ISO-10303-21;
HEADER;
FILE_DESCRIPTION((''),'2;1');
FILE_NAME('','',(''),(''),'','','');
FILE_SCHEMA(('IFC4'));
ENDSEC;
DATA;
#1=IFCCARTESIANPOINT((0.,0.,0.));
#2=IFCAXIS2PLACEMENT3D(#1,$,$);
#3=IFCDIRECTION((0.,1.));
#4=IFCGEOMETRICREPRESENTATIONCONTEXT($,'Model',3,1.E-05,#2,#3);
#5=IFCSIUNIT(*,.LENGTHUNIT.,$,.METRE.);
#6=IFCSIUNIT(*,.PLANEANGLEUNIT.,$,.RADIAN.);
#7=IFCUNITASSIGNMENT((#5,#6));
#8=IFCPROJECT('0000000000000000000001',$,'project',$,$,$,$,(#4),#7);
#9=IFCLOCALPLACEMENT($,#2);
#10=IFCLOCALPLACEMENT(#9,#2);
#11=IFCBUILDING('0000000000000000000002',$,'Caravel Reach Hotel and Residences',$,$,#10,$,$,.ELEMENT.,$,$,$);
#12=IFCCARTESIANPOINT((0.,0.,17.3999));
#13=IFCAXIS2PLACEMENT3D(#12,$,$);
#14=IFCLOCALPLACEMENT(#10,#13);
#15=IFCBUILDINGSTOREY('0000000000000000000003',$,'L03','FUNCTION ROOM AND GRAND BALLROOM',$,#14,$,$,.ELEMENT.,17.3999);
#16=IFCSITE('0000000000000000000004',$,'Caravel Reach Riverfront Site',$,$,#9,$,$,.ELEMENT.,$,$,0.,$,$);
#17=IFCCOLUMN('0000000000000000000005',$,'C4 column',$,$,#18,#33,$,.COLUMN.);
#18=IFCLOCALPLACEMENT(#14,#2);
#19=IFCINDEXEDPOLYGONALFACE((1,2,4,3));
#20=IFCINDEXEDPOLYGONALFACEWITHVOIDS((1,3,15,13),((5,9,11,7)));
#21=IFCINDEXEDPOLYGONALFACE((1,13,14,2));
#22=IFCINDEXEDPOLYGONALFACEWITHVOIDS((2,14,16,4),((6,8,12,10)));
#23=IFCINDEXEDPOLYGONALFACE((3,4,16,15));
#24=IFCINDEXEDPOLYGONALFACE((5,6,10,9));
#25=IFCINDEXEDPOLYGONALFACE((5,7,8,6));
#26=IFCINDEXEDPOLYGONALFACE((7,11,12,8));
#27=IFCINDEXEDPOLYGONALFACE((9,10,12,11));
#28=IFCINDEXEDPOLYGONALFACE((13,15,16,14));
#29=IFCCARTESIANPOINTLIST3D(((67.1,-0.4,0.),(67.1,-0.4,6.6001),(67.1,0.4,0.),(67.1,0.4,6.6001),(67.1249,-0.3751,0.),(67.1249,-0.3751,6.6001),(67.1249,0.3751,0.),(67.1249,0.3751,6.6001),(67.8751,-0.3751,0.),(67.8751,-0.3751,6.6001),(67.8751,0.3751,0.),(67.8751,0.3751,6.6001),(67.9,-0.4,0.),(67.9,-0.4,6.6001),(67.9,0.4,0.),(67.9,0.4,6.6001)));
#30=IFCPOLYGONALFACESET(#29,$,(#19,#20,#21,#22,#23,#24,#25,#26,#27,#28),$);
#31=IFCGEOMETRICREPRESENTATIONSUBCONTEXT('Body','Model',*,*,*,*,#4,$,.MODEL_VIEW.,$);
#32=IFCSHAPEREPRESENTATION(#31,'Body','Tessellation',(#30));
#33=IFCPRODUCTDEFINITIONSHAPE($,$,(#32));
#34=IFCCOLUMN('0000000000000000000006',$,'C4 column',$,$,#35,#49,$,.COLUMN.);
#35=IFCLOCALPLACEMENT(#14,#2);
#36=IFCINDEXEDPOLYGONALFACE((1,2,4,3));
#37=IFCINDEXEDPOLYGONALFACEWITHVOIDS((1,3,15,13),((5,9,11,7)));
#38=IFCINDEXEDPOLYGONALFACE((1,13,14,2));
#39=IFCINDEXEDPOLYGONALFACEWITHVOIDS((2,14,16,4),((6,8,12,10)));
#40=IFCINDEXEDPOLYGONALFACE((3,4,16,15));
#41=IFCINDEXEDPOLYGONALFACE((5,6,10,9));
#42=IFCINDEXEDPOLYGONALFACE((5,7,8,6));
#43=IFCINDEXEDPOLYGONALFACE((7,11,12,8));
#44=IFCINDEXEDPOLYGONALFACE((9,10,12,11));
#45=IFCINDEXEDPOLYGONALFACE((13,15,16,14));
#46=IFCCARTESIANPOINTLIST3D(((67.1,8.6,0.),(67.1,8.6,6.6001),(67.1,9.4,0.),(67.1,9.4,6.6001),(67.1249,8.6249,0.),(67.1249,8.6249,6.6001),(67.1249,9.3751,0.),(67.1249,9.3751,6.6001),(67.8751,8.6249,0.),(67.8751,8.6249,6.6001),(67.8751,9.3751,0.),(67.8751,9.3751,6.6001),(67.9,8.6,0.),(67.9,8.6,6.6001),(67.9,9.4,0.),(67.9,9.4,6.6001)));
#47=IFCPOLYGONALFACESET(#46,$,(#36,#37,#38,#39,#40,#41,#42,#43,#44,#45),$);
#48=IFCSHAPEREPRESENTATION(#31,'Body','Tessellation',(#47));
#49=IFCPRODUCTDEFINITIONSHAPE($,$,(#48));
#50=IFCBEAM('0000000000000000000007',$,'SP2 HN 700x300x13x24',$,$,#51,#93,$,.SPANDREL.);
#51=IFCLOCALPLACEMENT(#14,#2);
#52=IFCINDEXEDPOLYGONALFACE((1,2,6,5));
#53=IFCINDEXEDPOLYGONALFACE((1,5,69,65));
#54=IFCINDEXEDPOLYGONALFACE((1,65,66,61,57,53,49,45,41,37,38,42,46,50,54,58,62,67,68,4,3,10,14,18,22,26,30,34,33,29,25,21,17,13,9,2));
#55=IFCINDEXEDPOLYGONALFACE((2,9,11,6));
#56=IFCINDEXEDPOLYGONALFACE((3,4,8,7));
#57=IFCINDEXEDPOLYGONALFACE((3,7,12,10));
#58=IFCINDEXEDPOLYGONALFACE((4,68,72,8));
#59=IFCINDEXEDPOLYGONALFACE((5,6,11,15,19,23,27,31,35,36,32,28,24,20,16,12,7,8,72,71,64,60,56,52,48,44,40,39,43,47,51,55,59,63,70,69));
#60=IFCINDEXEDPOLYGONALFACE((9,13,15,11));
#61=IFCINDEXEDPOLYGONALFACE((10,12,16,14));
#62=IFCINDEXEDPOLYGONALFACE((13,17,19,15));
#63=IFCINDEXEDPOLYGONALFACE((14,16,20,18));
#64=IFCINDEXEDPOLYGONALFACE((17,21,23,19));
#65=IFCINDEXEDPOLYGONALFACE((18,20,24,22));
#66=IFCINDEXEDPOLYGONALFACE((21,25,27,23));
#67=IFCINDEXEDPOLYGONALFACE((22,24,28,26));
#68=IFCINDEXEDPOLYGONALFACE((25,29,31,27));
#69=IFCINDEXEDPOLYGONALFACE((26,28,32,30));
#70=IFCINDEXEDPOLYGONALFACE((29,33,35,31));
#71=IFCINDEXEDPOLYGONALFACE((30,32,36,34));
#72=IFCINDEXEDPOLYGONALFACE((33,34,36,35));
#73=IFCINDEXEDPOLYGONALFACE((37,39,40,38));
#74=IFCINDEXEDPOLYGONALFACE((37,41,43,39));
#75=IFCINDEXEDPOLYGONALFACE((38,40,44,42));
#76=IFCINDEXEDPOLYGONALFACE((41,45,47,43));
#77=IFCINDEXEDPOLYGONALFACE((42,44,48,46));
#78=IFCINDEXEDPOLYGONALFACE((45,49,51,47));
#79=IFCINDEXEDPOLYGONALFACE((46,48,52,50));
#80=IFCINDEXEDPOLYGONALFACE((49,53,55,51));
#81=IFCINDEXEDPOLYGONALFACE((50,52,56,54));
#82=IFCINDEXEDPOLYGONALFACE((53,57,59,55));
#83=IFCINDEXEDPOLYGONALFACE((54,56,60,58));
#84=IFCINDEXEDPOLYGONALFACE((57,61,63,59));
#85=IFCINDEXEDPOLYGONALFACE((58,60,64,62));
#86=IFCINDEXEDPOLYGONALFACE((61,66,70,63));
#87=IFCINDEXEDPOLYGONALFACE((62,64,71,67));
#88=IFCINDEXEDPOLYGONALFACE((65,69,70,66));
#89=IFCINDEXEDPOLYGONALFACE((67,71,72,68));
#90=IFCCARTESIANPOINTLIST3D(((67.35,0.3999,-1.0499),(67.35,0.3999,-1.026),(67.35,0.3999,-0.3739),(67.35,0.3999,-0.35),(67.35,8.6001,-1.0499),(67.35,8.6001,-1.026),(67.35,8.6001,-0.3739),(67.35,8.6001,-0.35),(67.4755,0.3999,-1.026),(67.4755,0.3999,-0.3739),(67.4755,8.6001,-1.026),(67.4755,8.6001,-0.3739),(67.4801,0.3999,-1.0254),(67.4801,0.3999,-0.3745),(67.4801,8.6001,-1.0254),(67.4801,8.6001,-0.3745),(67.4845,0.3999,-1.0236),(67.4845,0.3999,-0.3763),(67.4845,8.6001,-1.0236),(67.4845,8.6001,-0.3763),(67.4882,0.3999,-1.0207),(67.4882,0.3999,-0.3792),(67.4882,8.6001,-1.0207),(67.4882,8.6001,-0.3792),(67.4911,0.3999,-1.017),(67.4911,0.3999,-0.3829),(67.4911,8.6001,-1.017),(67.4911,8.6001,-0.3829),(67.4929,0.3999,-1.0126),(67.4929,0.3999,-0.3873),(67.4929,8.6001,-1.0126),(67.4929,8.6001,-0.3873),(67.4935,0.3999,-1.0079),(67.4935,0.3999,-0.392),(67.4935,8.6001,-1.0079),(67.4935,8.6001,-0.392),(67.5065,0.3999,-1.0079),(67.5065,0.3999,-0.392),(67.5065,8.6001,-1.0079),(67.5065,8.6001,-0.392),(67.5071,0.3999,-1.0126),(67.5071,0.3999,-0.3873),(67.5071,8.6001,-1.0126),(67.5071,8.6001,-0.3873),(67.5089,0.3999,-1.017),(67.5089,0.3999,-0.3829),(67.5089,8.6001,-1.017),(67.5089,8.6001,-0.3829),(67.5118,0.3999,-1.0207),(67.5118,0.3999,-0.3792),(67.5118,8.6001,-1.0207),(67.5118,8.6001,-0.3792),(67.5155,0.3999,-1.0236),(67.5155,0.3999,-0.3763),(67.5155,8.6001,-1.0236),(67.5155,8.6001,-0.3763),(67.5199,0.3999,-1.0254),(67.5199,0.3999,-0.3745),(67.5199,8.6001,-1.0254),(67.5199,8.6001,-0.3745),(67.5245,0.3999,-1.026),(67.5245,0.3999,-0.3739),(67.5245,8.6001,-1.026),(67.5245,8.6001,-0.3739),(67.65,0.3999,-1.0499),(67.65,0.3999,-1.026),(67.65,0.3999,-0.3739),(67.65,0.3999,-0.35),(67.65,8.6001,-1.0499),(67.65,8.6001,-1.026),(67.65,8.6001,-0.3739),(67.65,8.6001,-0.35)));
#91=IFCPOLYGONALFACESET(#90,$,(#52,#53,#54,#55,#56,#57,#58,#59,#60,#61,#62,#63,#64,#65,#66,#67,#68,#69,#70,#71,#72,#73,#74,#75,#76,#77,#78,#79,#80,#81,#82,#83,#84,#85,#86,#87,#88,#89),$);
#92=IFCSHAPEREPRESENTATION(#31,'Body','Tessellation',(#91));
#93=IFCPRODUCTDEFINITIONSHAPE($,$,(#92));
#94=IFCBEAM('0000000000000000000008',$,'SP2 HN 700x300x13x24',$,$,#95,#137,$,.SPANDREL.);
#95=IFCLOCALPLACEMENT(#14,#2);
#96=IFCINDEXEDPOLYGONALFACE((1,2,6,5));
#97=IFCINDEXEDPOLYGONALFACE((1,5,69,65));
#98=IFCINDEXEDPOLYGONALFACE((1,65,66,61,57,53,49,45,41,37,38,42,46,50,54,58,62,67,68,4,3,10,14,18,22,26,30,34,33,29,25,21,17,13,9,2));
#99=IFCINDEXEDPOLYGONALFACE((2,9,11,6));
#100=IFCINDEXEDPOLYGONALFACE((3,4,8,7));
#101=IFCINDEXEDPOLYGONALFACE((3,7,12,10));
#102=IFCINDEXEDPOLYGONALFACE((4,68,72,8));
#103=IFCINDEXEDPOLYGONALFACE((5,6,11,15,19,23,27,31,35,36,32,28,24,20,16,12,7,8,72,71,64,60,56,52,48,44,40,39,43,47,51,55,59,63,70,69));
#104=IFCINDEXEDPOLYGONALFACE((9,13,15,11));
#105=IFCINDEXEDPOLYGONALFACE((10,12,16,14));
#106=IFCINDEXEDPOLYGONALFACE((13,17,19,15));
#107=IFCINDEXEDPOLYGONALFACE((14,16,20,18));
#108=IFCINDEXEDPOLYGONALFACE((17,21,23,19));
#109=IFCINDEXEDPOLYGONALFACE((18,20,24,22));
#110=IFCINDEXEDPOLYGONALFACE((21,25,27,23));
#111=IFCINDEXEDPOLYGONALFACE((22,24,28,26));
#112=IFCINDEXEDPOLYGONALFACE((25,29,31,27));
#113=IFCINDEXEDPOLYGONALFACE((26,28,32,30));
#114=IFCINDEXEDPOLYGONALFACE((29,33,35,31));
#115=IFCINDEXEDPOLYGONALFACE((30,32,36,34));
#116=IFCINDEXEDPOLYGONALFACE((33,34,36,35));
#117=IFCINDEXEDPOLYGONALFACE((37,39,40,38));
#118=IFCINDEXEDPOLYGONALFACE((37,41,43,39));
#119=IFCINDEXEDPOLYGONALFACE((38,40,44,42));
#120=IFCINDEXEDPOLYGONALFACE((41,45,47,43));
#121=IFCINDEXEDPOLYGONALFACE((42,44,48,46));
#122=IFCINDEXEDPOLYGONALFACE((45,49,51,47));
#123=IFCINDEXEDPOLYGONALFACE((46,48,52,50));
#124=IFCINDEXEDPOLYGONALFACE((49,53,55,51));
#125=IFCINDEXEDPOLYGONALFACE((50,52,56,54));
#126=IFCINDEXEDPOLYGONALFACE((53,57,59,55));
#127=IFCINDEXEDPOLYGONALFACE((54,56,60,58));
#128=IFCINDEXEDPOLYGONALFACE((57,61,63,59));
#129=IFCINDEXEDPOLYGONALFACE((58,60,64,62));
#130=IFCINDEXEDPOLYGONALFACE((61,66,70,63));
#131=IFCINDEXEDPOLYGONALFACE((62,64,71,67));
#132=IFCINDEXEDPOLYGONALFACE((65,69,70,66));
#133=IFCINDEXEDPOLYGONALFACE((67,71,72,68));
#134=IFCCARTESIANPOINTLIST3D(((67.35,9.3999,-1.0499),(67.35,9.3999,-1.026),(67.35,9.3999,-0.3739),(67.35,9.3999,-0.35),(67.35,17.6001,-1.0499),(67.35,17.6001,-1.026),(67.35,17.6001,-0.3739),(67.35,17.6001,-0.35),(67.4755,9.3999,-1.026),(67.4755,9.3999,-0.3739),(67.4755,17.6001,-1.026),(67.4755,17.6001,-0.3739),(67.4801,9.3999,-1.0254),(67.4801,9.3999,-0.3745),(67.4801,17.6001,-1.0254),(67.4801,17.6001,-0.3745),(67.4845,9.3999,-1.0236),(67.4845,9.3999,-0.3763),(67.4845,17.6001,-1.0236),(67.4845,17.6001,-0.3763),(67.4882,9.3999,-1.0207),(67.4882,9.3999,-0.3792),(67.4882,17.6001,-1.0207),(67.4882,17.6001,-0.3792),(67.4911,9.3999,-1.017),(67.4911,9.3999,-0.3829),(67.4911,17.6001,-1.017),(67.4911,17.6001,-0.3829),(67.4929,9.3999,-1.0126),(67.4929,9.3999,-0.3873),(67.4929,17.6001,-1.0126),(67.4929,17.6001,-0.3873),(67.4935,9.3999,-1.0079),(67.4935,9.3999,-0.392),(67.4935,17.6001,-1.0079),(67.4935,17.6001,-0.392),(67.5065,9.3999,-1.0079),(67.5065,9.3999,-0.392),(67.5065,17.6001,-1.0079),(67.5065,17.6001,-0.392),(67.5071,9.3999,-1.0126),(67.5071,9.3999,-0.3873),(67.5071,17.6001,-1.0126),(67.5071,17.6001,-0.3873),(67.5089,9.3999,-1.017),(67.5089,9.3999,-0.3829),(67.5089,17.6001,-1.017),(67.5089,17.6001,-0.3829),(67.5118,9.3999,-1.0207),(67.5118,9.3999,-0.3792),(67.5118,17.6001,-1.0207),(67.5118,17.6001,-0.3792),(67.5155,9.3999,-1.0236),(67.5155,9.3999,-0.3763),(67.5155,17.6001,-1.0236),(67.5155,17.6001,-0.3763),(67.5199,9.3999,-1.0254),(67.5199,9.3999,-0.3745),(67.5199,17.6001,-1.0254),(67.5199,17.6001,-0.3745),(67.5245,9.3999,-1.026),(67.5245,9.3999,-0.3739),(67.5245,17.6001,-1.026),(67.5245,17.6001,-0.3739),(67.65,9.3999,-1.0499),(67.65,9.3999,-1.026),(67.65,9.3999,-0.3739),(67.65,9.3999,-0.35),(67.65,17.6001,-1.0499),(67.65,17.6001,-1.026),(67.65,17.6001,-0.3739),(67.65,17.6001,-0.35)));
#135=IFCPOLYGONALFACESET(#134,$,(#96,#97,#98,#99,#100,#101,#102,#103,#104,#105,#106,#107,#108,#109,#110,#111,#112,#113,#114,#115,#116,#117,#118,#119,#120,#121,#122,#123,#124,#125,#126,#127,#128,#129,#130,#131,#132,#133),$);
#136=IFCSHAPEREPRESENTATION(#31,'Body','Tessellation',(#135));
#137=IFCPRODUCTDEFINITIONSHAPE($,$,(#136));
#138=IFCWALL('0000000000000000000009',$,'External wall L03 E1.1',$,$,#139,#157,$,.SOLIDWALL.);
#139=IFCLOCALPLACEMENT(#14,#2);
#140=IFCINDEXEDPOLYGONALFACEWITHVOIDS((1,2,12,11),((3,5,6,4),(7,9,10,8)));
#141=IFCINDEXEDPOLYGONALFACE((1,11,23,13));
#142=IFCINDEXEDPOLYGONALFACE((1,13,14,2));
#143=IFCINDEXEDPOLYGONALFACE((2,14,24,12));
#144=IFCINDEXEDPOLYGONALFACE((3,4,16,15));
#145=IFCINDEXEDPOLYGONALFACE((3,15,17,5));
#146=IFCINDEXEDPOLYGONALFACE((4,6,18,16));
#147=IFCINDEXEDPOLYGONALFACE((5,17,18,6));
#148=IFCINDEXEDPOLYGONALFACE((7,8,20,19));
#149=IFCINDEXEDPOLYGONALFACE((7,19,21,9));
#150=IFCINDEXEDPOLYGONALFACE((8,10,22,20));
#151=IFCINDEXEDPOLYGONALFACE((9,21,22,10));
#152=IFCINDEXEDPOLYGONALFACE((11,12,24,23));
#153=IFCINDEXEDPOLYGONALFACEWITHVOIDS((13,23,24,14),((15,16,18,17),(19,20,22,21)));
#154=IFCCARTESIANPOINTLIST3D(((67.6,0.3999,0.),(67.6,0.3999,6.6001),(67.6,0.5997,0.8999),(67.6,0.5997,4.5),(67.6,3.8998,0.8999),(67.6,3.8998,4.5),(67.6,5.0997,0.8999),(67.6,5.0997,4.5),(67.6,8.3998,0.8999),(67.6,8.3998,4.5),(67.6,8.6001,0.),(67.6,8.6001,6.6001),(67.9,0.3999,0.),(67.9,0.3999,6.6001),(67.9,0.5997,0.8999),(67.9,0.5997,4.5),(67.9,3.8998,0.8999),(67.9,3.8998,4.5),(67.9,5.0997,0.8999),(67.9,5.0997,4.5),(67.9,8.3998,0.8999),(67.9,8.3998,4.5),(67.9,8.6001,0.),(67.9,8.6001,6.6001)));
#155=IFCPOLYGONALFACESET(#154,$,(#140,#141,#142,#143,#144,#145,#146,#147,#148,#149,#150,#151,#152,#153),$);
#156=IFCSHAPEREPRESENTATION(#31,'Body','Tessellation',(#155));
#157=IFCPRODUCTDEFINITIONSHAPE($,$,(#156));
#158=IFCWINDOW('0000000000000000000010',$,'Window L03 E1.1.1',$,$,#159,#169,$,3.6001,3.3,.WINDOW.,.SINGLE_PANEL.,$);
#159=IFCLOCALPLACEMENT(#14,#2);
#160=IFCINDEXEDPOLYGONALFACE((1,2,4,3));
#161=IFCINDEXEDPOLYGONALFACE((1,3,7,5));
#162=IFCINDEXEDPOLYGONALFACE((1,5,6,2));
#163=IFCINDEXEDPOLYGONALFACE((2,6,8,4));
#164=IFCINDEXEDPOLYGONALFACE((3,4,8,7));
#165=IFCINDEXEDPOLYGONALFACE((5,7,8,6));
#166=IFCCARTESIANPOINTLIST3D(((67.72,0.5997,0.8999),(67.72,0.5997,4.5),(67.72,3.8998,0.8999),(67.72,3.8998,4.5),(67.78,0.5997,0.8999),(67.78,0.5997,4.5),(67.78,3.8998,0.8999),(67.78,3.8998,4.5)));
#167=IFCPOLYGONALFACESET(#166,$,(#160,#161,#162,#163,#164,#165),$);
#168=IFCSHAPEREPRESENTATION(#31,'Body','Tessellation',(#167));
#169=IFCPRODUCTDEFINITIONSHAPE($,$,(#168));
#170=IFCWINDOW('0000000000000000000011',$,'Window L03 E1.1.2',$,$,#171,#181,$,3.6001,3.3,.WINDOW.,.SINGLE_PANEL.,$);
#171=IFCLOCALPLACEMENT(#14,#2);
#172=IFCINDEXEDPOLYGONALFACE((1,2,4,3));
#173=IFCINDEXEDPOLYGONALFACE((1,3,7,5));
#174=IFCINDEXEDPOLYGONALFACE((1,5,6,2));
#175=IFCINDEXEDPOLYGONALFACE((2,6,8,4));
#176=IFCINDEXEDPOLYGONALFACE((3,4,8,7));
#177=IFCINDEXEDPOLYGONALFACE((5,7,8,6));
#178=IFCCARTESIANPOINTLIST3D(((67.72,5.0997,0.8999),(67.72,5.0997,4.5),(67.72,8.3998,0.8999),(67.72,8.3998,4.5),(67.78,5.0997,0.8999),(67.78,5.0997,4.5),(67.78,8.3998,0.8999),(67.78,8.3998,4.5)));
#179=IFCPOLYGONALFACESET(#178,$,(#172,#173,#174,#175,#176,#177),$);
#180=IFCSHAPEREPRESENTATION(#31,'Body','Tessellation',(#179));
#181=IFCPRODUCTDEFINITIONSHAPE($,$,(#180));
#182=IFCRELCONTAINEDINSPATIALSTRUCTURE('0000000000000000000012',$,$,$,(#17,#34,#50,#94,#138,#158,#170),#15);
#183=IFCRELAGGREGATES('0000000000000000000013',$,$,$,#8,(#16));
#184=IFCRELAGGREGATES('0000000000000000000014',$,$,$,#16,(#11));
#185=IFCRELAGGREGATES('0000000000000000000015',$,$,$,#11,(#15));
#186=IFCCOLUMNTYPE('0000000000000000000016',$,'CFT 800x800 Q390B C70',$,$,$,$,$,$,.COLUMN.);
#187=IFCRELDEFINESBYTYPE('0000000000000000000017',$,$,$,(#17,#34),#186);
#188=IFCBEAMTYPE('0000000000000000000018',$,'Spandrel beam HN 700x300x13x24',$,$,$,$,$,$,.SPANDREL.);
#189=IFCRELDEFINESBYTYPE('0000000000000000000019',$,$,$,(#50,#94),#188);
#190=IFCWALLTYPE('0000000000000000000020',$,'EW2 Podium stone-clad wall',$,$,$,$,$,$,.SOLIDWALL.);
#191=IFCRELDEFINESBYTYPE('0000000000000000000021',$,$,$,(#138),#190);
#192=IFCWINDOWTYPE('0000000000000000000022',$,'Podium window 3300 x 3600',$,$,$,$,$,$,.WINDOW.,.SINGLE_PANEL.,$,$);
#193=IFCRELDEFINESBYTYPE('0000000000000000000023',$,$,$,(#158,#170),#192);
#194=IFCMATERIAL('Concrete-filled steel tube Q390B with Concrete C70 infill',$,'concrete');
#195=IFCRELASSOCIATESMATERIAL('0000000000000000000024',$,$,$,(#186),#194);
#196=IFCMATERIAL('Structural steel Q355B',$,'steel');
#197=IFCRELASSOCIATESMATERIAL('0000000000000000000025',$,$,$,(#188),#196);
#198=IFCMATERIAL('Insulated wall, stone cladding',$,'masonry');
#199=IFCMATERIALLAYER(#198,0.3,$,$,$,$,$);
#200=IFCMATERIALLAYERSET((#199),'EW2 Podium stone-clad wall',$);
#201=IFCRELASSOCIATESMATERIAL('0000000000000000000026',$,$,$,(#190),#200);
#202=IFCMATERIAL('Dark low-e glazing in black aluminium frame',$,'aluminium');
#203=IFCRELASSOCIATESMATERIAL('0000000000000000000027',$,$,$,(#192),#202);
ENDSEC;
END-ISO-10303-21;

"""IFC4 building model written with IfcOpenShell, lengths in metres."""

from ifc_helpers import new_model, si_unit, direction, frame, frame_2d, origin, origin_2d, place, context, subcontext, project, spatial, rectangle, hollow_rectangle, i_section, extrude, material, layer, layer_set, material_profile, profile_set, type_object, element, fill, save


model = new_model("IFC4")

# Units and contexts
model_context = context("Model", 3, precision=1e-05, world=origin(), true_north=direction((0.0, 1.0)))
body_context = subcontext(model_context, "Body", "Model", "MODEL_VIEW")
ifc_project = project(units=[si_unit("LENGTHUNIT", "METRE"), si_unit("PLANEANGLEUNIT", "RADIAN")], contexts=[model_context])

# Site, building, storey
site_placement = place(None, origin())
site = spatial("IfcSite", under=ifc_project, at=site_placement, Name="Caravel Reach Riverfront Site", CompositionType="ELEMENT", RefElevation=0.0)
building_placement = place(site_placement, origin())
building = spatial("IfcBuilding", under=site, at=building_placement, Name="Caravel Reach Hotel and Residences", CompositionType="ELEMENT")
storey_placement = place(building_placement, frame((0.0, 0.0, 17.3999)))
storey = spatial("IfcBuildingStorey", under=building, at=storey_placement, Name="L03", Description="FUNCTION ROOM AND GRAND BALLROOM", CompositionType="ELEMENT", Elevation=17.3999)

# Columns
ifc_material_1 = material(Name="Concrete-filled steel tube Q390B with Concrete C70 infill", Category="concrete")
ifc_material_profile_1 = material_profile(ifc_material_1, hollow_rectangle(XDim=0.8, YDim=0.8, WallThickness=0.0249, at=origin_2d()), Name="RHS 800x800x25")
ifc_profile_set_1 = profile_set([ifc_material_profile_1], Name="Concrete-filled steel tube Q390B with Concrete C70 infill")
column_type = type_object("IfcColumnType", Name="CFT 800x800 Q390B C70", PredefinedType="COLUMN", material=ifc_profile_set_1)
for number, where, z_axis, x_axis, name in (
    (1, (67.5, 0.0, 0.0), (0.0, 0.0, 1.0), (1.0, 0.0, 0.0), "C4 column"),
    (2, (67.5, 9.0, 0.0), (0.0, 0.0, 1.0), (1.0, 0.0, 0.0), "C4 column"),
):
    element("IfcColumn", number, at=place(storey_placement, frame(where, z_axis=z_axis, x_axis=x_axis)), inside=storey, type_object=column_type, Name=name, PredefinedType="COLUMN", context=body_context, shape_type="SweptSolid", body=[
        extrude(hollow_rectangle(XDim=0.8, YDim=0.8, WallThickness=0.0249, at=origin_2d()), origin(), (0.0, 0.0, 1.0), 6.6001),
    ])

# Beams
ifc_material_2 = material(Name="Structural steel Q355B", Category="steel")
ifc_material_profile_2 = material_profile(ifc_material_2, i_section(OverallWidth=0.3, OverallDepth=0.7, WebThickness=0.0129, FlangeThickness=0.0239, FilletRadius=0.0181, at=origin_2d()), Name="HN 700x300x13x24")
ifc_profile_set_2 = profile_set([ifc_material_profile_2], Name="Structural steel Q355B")
beam_type = type_object("IfcBeamType", Name="Spandrel beam HN 700x300x13x24", PredefinedType="SPANDREL", material=ifc_profile_set_2)
for number, where, z_axis, x_axis, name in (
    (3, (67.5, 0.3999, -0.7), (0.0, 1.0, 0.0), (-1.0, 0.0, 0.0), "SP2 HN 700x300x13x24"),
    (4, (67.5, 9.3999, -0.7), (0.0, 1.0, 0.0), (-1.0, 0.0, 0.0), "SP2 HN 700x300x13x24"),
):
    element("IfcBeam", number, at=place(storey_placement, frame(where, z_axis=z_axis, x_axis=x_axis)), inside=storey, type_object=beam_type, Name=name, PredefinedType="SPANDREL", context=body_context, shape_type="SweptSolid", body=[
        extrude(i_section(OverallWidth=0.3, OverallDepth=0.7, WebThickness=0.0129, FlangeThickness=0.0239, FilletRadius=0.0181, at=origin_2d()), origin(), (0.0, 0.0, 1.0), 8.2002),
    ])

# Wall, openings, windows
ifc_material_3 = material(Name="Insulated wall, stone cladding", Category="masonry")
ifc_layer_1 = layer(ifc_material_3, 0.3)
ifc_layer_set_1 = layer_set([ifc_layer_1], Name="EW2 Podium stone-clad wall")
wall_type_1 = type_object("IfcWallType", Name="EW2 Podium stone-clad wall", PredefinedType="SOLIDWALL", material=ifc_layer_set_1)
wall_1_placement = place(storey_placement, frame((67.75, 0.3999, 0.0), z_axis=(0.0, 0.0, 1.0), x_axis=(0.0, 1.0, 0.0)))
wall_1 = element("IfcWall", 5, at=wall_1_placement, inside=storey, type_object=wall_type_1, Name="External wall L03 E1.1", PredefinedType="SOLIDWALL", context=body_context, shape_type="SweptSolid", body=[
    extrude(rectangle(XDim=8.2002, YDim=0.3, at=frame_2d((4.1001, 0.0))), origin(), (0.0, 0.0, 1.0), 6.6001),
])
opening_1_placement = place(wall_1_placement, frame((0.2, 0.0, 0.8999)))
opening_1 = element("IfcOpeningElement", 6, at=opening_1_placement, cuts=wall_1, PredefinedType="OPENING", context=body_context, shape_type="SweptSolid", body=[
    extrude(rectangle(XDim=3.3, YDim=3.6001, at=frame_2d((1.6499, 1.8))), frame((0.0, 0.1599, 0.0), z_axis=(0.0, -1.0, 0.0), x_axis=(1.0, 0.0, 0.0)), (0.0, 0.0, 1.0), 0.3201),
])
opening_2_placement = place(wall_1_placement, frame((4.7, 0.0, 0.8999)))
opening_2 = element("IfcOpeningElement", 7, at=opening_2_placement, cuts=wall_1, PredefinedType="OPENING", context=body_context, shape_type="SweptSolid", body=[
    extrude(rectangle(XDim=3.3, YDim=3.6001, at=frame_2d((1.6499, 1.8))), frame((0.0, 0.1599, 0.0), z_axis=(0.0, -1.0, 0.0), x_axis=(1.0, 0.0, 0.0)), (0.0, 0.0, 1.0), 0.3201),
])
ifc_material_4 = material(Name="Dark low-e glazing in black aluminium frame", Category="aluminium")
window_type = type_object("IfcWindowType", Name="Podium window 3300 x 3600", PartitioningType="SINGLE_PANEL", PredefinedType="WINDOW", material=ifc_material_4)
window_1_placement = place(opening_1_placement, origin())
window_1 = element("IfcWindow", 8, at=window_1_placement, inside=storey, type_object=window_type, Name="Window L03 E1.1.1", OverallHeight=3.6001, OverallWidth=3.3, PartitioningType="SINGLE_PANEL", PredefinedType="WINDOW", context=body_context, shape_type="SweptSolid", body=[
    extrude(rectangle(XDim=3.3, YDim=3.6001, at=frame_2d((1.6499, 1.8))), frame((0.0, 0.03, 0.0), z_axis=(0.0, -1.0, 0.0), x_axis=(1.0, 0.0, 0.0)), (0.0, 0.0, 1.0), 0.0601),
])
fill(opening_1, window_1)
window_2_placement = place(opening_2_placement, origin())
window_2 = element("IfcWindow", 9, at=window_2_placement, inside=storey, type_object=window_type, Name="Window L03 E1.1.2", OverallHeight=3.6001, OverallWidth=3.3, PartitioningType="SINGLE_PANEL", PredefinedType="WINDOW", context=body_context, shape_type="SweptSolid", body=[
    extrude(rectangle(XDim=3.3, YDim=3.6001, at=frame_2d((1.6499, 1.8))), frame((0.0, 0.03, 0.0), z_axis=(0.0, -1.0, 0.0), x_axis=(1.0, 0.0, 0.0)), (0.0, 0.0, 1.0), 0.0601),
])
fill(opening_2, window_2)

save(model, "model.ifc")
